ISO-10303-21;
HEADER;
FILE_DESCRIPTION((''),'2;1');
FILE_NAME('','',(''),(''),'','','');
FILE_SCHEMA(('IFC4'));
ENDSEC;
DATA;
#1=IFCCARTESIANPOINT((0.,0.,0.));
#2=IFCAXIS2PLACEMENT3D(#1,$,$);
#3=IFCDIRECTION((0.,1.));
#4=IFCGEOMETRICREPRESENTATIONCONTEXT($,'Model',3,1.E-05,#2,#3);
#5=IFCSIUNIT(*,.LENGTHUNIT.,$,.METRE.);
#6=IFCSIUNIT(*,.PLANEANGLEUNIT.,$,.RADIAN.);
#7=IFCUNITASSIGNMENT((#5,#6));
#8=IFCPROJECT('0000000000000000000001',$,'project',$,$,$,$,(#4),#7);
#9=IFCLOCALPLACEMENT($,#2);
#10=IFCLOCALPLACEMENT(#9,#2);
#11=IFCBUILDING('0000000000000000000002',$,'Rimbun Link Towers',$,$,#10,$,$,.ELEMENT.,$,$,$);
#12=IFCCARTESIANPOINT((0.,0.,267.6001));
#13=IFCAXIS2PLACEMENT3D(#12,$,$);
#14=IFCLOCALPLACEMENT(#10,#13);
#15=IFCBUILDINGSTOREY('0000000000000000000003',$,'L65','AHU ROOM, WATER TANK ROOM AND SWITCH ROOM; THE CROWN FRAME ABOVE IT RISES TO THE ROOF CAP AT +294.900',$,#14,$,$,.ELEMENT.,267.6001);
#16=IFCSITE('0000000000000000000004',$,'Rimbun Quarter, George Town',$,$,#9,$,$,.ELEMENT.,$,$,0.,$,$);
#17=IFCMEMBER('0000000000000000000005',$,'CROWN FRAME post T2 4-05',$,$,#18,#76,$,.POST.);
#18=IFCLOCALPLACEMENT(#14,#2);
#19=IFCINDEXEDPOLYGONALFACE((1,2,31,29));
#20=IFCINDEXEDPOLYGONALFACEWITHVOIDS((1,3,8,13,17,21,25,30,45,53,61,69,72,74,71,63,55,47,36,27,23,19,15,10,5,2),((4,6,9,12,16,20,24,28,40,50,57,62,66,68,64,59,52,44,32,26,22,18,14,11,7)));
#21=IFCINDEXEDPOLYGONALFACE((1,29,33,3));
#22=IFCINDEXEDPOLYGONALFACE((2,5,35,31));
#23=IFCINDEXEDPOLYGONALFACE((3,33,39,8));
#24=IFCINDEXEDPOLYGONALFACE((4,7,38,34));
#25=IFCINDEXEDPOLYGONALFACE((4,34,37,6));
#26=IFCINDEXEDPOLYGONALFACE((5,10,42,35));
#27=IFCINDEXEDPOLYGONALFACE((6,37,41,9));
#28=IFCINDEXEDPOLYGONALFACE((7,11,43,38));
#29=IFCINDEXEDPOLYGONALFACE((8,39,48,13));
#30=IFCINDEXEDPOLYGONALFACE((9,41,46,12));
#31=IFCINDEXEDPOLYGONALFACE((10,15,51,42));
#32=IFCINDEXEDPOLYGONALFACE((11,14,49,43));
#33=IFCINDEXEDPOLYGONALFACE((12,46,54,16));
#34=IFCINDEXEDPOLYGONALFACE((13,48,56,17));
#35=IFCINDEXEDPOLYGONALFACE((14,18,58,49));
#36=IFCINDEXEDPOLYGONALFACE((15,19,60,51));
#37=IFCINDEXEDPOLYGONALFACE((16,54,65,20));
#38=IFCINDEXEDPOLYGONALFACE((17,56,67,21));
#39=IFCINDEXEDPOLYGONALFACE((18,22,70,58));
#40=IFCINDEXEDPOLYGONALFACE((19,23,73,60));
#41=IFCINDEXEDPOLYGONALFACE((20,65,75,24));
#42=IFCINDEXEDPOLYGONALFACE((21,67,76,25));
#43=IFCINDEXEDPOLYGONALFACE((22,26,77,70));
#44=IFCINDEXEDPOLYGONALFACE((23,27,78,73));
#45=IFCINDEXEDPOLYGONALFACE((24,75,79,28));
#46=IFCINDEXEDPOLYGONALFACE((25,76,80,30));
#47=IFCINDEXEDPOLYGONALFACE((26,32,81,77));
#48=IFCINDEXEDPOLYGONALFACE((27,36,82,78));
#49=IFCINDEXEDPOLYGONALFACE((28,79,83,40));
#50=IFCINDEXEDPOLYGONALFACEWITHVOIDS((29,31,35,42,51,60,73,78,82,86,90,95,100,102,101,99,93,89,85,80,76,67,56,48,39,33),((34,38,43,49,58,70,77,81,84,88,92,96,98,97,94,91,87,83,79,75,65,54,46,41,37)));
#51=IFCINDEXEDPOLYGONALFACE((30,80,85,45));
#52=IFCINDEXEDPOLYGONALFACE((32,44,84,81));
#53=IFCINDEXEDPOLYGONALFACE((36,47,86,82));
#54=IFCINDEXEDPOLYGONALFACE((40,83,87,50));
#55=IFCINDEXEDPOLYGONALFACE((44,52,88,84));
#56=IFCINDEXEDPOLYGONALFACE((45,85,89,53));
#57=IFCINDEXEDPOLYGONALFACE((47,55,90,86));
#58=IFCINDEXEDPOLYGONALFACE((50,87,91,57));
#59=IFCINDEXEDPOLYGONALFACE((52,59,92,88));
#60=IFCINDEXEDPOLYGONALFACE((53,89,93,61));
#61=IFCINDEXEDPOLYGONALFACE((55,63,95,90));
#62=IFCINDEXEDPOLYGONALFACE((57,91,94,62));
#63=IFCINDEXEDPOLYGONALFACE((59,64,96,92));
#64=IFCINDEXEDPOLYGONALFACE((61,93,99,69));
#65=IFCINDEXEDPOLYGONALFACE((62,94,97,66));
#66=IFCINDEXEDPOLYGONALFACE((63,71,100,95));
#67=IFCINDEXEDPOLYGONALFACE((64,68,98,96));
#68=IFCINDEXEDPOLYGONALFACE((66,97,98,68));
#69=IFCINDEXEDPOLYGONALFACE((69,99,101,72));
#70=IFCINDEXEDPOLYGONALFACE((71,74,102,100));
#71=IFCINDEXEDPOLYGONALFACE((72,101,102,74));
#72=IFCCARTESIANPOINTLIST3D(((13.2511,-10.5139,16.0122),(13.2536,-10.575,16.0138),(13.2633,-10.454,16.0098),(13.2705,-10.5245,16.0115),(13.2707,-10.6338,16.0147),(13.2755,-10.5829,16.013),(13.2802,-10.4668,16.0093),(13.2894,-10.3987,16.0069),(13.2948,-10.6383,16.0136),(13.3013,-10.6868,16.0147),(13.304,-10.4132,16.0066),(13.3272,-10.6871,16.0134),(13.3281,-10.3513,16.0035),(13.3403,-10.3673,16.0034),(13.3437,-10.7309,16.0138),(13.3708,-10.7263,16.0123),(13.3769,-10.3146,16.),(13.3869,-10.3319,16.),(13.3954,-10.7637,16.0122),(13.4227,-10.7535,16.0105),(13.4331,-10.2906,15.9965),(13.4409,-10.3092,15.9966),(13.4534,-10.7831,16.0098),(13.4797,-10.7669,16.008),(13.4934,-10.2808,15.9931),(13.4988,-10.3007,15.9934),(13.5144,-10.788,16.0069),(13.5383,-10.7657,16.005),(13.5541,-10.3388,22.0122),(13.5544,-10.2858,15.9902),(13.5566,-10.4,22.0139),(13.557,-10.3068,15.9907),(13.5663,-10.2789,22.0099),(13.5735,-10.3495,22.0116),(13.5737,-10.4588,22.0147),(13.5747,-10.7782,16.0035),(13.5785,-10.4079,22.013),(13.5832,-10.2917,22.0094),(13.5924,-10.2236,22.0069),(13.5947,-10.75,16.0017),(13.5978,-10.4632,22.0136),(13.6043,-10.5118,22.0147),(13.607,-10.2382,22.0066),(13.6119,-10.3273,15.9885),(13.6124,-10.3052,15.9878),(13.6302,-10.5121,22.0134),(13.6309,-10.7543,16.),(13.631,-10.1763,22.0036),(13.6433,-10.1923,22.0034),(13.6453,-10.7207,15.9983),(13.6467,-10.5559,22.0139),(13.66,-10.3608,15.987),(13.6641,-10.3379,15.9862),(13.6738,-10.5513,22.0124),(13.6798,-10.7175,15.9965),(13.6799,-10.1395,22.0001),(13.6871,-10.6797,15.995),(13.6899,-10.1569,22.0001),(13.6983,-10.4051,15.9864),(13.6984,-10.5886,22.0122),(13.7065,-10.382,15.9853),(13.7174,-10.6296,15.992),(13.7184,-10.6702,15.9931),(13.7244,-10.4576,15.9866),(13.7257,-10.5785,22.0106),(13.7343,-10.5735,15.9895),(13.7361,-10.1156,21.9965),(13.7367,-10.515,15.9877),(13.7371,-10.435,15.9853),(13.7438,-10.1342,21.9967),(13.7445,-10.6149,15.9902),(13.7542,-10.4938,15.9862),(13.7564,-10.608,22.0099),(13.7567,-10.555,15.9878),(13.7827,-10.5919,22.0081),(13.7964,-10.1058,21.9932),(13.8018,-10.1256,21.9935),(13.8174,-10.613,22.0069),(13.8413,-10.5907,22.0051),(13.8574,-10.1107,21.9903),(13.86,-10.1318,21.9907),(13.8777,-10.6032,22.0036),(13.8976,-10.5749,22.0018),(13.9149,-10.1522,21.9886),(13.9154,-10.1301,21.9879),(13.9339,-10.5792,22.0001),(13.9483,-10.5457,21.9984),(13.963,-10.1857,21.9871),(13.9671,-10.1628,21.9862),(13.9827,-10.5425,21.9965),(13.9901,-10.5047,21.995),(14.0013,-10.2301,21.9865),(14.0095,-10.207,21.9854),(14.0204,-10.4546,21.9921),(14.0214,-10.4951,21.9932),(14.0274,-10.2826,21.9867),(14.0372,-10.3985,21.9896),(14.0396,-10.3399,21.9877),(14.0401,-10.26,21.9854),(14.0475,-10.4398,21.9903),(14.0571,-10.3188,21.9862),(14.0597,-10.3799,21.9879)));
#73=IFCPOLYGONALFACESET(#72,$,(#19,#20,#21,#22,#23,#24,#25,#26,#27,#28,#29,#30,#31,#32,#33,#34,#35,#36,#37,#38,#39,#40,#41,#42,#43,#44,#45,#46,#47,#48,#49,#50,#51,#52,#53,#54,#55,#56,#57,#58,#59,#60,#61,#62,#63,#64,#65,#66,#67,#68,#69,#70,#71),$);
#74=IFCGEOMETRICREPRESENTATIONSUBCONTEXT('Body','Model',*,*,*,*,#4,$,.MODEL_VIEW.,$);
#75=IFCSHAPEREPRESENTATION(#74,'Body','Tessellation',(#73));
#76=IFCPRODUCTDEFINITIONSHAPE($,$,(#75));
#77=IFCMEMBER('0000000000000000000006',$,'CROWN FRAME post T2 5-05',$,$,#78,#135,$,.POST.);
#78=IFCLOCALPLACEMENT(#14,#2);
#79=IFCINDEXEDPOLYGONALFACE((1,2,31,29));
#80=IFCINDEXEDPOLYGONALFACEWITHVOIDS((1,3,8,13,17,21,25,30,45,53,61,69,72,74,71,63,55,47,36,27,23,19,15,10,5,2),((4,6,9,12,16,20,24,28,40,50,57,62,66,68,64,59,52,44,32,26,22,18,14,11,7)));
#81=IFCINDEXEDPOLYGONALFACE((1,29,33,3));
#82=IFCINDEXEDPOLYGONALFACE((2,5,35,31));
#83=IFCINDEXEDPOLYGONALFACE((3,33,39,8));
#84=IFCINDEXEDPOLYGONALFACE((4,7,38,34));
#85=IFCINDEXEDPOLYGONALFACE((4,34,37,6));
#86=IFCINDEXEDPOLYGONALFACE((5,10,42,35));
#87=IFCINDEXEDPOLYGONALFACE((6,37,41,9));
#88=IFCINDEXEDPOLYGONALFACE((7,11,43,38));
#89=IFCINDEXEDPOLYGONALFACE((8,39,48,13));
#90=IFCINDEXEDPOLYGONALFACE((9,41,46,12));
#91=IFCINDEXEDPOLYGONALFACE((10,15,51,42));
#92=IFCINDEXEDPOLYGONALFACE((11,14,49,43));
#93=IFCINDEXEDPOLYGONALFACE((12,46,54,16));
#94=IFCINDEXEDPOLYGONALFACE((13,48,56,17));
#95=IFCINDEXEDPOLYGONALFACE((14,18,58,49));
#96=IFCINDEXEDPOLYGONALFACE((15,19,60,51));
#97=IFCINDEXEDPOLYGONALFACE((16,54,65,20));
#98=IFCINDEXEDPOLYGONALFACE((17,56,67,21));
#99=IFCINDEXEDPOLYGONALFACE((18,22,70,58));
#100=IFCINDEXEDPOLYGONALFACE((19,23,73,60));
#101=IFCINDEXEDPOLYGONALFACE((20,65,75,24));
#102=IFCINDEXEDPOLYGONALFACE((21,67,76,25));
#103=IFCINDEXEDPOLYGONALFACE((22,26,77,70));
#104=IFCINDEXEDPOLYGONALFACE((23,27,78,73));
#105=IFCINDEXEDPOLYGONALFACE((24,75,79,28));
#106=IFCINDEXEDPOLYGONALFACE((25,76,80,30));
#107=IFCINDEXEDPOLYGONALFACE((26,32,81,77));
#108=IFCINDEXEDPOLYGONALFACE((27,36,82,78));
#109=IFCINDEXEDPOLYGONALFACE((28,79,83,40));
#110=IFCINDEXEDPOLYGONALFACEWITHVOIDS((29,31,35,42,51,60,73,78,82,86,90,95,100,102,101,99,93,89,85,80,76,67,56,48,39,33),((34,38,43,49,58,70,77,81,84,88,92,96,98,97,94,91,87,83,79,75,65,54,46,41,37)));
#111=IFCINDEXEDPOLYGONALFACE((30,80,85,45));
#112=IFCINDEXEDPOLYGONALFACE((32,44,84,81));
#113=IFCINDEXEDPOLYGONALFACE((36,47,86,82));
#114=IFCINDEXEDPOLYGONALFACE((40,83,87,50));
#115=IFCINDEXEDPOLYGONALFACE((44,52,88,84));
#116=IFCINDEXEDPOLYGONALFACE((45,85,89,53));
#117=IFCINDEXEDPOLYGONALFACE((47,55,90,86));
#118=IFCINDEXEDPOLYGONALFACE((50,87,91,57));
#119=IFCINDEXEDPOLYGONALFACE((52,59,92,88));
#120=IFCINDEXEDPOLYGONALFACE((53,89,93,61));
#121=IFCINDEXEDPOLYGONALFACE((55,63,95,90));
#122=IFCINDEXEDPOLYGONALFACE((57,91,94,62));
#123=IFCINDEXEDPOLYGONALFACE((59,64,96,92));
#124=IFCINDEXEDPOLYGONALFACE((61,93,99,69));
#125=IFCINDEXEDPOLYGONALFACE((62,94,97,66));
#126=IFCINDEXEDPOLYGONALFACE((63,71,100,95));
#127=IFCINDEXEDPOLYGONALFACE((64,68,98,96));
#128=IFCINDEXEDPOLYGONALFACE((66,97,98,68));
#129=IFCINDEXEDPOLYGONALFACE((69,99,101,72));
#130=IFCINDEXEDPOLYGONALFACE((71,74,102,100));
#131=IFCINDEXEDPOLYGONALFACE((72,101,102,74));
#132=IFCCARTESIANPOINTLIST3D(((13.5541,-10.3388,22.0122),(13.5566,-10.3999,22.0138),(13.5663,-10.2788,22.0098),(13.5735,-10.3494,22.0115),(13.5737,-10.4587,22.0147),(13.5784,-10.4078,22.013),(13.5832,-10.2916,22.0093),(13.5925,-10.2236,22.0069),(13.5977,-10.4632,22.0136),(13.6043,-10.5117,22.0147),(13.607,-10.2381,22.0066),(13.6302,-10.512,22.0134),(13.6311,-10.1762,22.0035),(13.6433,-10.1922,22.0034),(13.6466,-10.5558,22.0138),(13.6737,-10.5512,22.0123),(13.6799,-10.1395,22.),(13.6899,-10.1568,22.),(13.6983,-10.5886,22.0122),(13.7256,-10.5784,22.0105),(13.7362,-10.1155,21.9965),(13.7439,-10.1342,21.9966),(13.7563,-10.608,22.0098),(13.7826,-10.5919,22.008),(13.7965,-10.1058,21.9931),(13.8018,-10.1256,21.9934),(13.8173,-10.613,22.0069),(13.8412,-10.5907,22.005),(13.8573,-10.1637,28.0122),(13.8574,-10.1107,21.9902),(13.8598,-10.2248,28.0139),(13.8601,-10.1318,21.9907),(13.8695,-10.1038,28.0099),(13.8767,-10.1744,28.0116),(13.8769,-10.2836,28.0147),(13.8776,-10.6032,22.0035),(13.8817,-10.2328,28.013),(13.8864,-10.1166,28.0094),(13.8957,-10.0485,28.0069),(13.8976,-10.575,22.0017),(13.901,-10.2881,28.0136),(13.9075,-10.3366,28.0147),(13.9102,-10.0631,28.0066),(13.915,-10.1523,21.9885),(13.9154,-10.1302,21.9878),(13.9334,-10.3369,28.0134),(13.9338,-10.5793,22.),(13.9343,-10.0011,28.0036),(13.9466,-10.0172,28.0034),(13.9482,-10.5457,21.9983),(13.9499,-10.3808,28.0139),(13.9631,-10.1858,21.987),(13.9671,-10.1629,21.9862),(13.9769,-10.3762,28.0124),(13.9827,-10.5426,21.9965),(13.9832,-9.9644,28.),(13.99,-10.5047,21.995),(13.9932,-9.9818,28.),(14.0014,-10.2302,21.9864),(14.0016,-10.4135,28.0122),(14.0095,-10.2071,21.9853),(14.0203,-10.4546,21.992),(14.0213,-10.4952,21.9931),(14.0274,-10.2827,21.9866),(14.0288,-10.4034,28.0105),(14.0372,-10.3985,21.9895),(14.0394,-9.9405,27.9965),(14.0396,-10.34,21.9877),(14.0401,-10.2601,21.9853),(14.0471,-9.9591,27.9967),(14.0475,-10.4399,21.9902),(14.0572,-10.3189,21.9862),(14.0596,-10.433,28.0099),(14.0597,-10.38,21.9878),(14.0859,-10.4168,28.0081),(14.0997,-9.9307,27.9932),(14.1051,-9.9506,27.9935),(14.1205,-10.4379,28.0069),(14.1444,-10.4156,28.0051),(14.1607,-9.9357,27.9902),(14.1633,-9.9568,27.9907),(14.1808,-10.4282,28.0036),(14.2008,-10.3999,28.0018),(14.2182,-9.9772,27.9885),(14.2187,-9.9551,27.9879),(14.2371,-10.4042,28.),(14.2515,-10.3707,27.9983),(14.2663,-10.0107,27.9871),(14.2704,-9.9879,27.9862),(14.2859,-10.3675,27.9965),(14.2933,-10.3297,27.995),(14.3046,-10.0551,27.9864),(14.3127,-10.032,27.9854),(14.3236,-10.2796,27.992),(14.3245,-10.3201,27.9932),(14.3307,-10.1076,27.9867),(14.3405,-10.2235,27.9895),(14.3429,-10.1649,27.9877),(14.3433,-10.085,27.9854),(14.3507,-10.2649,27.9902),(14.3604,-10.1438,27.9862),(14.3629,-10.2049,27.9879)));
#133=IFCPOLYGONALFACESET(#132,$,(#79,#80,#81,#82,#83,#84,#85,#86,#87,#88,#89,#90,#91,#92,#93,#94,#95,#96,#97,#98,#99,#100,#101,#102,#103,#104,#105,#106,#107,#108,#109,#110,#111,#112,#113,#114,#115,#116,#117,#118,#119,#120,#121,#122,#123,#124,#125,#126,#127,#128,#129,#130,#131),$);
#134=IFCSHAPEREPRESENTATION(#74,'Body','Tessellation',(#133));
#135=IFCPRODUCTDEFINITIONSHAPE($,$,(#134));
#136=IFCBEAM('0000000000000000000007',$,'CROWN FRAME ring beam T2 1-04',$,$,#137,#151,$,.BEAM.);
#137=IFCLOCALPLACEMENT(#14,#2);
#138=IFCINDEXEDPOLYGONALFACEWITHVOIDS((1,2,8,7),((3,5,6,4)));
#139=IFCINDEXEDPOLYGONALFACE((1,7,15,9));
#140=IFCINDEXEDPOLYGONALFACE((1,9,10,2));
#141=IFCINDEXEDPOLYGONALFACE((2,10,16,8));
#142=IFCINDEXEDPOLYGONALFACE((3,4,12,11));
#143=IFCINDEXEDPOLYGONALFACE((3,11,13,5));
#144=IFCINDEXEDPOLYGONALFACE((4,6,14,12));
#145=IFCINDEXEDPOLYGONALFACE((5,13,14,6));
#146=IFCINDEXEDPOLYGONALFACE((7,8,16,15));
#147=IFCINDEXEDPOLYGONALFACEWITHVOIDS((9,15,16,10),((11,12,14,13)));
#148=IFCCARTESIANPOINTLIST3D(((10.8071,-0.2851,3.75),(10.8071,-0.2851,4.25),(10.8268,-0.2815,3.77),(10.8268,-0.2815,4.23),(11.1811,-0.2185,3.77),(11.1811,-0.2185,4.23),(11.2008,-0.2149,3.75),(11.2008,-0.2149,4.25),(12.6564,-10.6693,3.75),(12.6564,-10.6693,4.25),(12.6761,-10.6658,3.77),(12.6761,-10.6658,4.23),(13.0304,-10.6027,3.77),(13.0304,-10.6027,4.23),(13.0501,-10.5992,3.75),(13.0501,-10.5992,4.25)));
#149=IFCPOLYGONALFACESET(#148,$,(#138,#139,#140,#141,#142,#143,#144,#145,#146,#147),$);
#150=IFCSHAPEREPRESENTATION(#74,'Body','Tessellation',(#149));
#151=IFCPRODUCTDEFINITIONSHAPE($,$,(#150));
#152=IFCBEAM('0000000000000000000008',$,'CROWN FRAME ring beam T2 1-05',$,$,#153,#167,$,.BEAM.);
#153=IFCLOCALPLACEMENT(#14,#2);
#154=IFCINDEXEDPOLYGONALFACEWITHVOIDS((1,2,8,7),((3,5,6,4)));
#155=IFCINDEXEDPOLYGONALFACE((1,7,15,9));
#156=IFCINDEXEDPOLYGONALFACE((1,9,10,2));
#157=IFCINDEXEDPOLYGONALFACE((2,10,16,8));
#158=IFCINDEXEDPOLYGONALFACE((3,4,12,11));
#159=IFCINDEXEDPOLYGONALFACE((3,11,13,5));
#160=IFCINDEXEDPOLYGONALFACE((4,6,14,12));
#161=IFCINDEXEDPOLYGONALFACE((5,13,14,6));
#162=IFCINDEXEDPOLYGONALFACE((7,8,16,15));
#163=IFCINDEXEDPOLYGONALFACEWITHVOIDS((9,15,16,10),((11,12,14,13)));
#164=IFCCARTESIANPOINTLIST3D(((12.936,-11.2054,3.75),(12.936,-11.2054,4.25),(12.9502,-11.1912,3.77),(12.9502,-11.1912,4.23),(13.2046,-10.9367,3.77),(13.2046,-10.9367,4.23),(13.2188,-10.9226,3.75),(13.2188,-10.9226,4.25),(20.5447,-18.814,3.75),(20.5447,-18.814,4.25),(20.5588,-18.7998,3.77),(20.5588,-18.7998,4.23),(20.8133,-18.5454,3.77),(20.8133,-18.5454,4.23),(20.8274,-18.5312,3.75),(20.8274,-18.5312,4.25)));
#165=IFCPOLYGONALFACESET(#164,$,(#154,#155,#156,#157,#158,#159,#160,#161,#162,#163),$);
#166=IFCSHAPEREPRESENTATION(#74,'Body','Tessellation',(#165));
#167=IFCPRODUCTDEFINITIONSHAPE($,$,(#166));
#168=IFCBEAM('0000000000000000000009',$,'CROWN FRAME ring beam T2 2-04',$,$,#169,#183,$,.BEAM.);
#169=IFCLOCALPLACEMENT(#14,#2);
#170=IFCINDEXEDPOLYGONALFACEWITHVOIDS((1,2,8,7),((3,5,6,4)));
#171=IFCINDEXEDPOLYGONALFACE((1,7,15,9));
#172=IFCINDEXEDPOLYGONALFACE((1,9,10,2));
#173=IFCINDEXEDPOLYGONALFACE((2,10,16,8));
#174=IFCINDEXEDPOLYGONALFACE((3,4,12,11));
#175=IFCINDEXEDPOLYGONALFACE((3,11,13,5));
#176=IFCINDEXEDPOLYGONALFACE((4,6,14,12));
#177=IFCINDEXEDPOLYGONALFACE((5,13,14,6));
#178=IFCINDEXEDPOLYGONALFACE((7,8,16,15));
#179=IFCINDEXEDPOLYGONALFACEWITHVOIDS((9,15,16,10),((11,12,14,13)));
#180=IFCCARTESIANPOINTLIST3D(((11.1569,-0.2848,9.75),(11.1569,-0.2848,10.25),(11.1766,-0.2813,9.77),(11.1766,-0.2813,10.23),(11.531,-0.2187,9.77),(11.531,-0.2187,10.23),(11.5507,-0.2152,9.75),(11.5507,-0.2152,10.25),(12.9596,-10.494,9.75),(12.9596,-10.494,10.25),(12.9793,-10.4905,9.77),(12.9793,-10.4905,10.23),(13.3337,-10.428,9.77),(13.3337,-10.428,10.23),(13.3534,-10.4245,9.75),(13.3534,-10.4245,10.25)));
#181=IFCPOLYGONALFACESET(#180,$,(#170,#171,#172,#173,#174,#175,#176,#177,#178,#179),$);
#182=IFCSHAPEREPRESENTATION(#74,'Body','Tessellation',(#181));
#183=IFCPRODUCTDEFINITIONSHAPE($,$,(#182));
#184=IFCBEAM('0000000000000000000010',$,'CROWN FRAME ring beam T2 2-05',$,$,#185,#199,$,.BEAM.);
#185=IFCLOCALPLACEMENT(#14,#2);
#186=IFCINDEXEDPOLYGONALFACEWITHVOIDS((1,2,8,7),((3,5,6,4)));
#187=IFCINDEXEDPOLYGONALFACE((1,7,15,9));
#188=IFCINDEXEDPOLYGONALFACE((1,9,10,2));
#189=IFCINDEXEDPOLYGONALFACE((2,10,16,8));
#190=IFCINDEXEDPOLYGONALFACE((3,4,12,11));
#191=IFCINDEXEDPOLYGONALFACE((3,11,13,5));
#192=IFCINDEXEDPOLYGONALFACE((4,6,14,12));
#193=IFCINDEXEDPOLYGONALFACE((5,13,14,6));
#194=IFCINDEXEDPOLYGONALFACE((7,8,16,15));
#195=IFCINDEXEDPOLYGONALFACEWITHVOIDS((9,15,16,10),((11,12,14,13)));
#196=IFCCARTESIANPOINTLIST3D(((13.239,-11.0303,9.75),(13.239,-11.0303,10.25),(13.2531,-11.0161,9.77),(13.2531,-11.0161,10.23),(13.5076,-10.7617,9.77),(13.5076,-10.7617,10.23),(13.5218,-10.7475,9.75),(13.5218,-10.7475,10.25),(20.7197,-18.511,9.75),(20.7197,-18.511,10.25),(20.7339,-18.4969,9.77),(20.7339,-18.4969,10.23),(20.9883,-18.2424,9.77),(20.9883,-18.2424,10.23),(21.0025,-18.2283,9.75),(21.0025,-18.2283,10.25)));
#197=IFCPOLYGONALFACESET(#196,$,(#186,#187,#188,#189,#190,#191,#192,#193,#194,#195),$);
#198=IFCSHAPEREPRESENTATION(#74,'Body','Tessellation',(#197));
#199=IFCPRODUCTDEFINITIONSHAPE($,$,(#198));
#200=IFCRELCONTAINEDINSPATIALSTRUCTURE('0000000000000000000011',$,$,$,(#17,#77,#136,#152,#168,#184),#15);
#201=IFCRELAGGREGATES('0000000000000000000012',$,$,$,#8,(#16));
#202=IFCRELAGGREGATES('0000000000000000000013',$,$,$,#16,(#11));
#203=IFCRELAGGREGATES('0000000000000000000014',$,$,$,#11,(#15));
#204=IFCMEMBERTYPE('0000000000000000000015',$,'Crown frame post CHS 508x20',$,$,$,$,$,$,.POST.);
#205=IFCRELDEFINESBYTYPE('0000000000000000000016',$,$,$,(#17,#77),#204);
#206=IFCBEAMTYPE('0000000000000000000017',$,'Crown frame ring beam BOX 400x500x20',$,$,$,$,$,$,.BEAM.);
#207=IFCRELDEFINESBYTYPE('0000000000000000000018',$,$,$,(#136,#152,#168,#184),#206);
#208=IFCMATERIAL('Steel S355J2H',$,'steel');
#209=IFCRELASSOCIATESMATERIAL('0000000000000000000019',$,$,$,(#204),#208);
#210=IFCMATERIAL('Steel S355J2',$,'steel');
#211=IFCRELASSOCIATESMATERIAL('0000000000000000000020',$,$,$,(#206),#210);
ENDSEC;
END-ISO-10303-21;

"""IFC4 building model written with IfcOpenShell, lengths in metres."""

from ifc_helpers import new_model, si_unit, direction, frame, origin, origin_2d, place, context, subcontext, project, spatial, hollow_rectangle, hollow_circle, extrude, material, material_profile, profile_set, type_object, element, save


model = new_model("IFC4")

# Units and contexts
model_context = context("Model", 3, precision=1e-05, world=origin(), true_north=direction((0.0, 1.0)))
body_context = subcontext(model_context, "Body", "Model", "MODEL_VIEW")
ifc_project = project(units=[si_unit("LENGTHUNIT", "METRE"), si_unit("PLANEANGLEUNIT", "RADIAN")], contexts=[model_context])

# Site, building, storey
site_placement = place(None, origin())
site = spatial("IfcSite", under=ifc_project, at=site_placement, Name="Rimbun Quarter, George Town", CompositionType="ELEMENT", RefElevation=0.0)
building_placement = place(site_placement, origin())
building = spatial("IfcBuilding", under=site, at=building_placement, Name="Rimbun Link Towers", CompositionType="ELEMENT")
storey_placement = place(building_placement, frame((0.0, 0.0, 267.6001)))
storey = spatial("IfcBuildingStorey", under=building, at=storey_placement, Name="L65", Description="AHU ROOM, WATER TANK ROOM AND SWITCH ROOM; THE CROWN FRAME ABOVE IT RISES TO THE ROOF CAP AT +294.900", CompositionType="ELEMENT", Elevation=267.6001)

# Members
ifc_material_1 = material(Name="Steel S355J2H", Category="steel")
ifc_material_profile_1 = material_profile(ifc_material_1, hollow_circle(Radius=0.2539, WallThickness=0.02, at=origin_2d()), Name="Crown frame post CHS 508x20")
ifc_profile_set_1 = profile_set([ifc_material_profile_1], Name="Steel S355J2H")
member_type_1 = type_object("IfcMemberType", Name="Crown frame post CHS 508x20", PredefinedType="POST", material=ifc_profile_set_1)
for number, where, z_axis, x_axis, name in (
    (1, (13.5039, -10.5344, 16.0), (0.050411, 0.029125, 0.998304), (-0.500266, 0.865872, 0.0), "CROWN FRAME post T2 4-05"),
    (2, (13.8069, -10.3594, 22.0), (0.050451, 0.029125, 0.998302), (-0.499964, 0.866046, 0.0), "CROWN FRAME post T2 5-05"),
):
    element("IfcMember", number, at=place(storey_placement, frame(where, z_axis=z_axis, x_axis=x_axis)), inside=storey, type_object=member_type_1, Name=name, PredefinedType="POST", context=body_context, shape_type="SweptSolid", body=[
        extrude(hollow_circle(Radius=0.2539, WallThickness=0.02, at=origin_2d()), origin(), (0.0, 0.0, 1.0), 6.0103),
    ])

# Beams
ifc_material_2 = material(Name="Steel S355J2", Category="steel")
ifc_material_profile_2 = material_profile(ifc_material_2, hollow_rectangle(XDim=0.3999, YDim=0.5, WallThickness=0.02, at=origin_2d()), Name="Crown frame ring beam BOX 400x500x20")
ifc_profile_set_2 = profile_set([ifc_material_profile_2], Name="Steel S355J2")
beam_type_1 = type_object("IfcBeamType", Name="Crown frame ring beam BOX 400x500x20", PredefinedType="BEAM", material=ifc_profile_set_2)
beam_1_placement = place(storey_placement, frame((11.0039, -0.25, 4.0), z_axis=(0.175334, -0.984509, 0.0), x_axis=(0.984509, 0.175334, 0.0)))
element("IfcBeam", 3, at=beam_1_placement, inside=storey, type_object=beam_type_1, Name="CROWN FRAME ring beam T2 1-04", PredefinedType="BEAM", context=body_context, shape_type="SweptSolid", body=[
    extrude(hollow_rectangle(XDim=0.3999, YDim=0.5, WallThickness=0.02, at=origin_2d()), origin(), (0.0, 0.0, 1.0), 10.5476),
])
beam_2_placement = place(storey_placement, frame((13.0774, -11.064, 4.0), z_axis=(0.707107, -0.707107, 0.0), x_axis=(0.707107, 0.707107, 0.0)))
element("IfcBeam", 4, at=beam_2_placement, inside=storey, type_object=beam_type_1, Name="CROWN FRAME ring beam T2 1-05", PredefinedType="BEAM", context=body_context, shape_type="SweptSolid", body=[
    extrude(hollow_rectangle(XDim=0.3999, YDim=0.5, WallThickness=0.02, at=origin_2d()), origin(), (0.0, 0.0, 1.0), 10.7603),
])
beam_3_placement = place(storey_placement, frame((11.3538, -0.25, 10.0), z_axis=(0.173889, -0.984765, 0.0), x_axis=(0.984765, 0.173889, 0.0)))
element("IfcBeam", 5, at=beam_3_placement, inside=storey, type_object=beam_type_1, Name="CROWN FRAME ring beam T2 2-04", PredefinedType="BEAM", context=body_context, shape_type="SweptSolid", body=[
    extrude(hollow_rectangle(XDim=0.3999, YDim=0.5, WallThickness=0.02, at=origin_2d()), origin(), (0.0, 0.0, 1.0), 10.3672),
])
beam_4_placement = place(storey_placement, frame((13.3804, -10.8889, 10.0), z_axis=(0.707107, -0.707107, 0.0), x_axis=(0.707107, 0.707107, 0.0)))
element("IfcBeam", 6, at=beam_4_placement, inside=storey, type_object=beam_type_1, Name="CROWN FRAME ring beam T2 2-05", PredefinedType="BEAM", context=body_context, shape_type="SweptSolid", body=[
    extrude(hollow_rectangle(XDim=0.3999, YDim=0.5, WallThickness=0.02, at=origin_2d()), origin(), (0.0, 0.0, 1.0), 10.5793),
])

save(model, "model.ifc")
